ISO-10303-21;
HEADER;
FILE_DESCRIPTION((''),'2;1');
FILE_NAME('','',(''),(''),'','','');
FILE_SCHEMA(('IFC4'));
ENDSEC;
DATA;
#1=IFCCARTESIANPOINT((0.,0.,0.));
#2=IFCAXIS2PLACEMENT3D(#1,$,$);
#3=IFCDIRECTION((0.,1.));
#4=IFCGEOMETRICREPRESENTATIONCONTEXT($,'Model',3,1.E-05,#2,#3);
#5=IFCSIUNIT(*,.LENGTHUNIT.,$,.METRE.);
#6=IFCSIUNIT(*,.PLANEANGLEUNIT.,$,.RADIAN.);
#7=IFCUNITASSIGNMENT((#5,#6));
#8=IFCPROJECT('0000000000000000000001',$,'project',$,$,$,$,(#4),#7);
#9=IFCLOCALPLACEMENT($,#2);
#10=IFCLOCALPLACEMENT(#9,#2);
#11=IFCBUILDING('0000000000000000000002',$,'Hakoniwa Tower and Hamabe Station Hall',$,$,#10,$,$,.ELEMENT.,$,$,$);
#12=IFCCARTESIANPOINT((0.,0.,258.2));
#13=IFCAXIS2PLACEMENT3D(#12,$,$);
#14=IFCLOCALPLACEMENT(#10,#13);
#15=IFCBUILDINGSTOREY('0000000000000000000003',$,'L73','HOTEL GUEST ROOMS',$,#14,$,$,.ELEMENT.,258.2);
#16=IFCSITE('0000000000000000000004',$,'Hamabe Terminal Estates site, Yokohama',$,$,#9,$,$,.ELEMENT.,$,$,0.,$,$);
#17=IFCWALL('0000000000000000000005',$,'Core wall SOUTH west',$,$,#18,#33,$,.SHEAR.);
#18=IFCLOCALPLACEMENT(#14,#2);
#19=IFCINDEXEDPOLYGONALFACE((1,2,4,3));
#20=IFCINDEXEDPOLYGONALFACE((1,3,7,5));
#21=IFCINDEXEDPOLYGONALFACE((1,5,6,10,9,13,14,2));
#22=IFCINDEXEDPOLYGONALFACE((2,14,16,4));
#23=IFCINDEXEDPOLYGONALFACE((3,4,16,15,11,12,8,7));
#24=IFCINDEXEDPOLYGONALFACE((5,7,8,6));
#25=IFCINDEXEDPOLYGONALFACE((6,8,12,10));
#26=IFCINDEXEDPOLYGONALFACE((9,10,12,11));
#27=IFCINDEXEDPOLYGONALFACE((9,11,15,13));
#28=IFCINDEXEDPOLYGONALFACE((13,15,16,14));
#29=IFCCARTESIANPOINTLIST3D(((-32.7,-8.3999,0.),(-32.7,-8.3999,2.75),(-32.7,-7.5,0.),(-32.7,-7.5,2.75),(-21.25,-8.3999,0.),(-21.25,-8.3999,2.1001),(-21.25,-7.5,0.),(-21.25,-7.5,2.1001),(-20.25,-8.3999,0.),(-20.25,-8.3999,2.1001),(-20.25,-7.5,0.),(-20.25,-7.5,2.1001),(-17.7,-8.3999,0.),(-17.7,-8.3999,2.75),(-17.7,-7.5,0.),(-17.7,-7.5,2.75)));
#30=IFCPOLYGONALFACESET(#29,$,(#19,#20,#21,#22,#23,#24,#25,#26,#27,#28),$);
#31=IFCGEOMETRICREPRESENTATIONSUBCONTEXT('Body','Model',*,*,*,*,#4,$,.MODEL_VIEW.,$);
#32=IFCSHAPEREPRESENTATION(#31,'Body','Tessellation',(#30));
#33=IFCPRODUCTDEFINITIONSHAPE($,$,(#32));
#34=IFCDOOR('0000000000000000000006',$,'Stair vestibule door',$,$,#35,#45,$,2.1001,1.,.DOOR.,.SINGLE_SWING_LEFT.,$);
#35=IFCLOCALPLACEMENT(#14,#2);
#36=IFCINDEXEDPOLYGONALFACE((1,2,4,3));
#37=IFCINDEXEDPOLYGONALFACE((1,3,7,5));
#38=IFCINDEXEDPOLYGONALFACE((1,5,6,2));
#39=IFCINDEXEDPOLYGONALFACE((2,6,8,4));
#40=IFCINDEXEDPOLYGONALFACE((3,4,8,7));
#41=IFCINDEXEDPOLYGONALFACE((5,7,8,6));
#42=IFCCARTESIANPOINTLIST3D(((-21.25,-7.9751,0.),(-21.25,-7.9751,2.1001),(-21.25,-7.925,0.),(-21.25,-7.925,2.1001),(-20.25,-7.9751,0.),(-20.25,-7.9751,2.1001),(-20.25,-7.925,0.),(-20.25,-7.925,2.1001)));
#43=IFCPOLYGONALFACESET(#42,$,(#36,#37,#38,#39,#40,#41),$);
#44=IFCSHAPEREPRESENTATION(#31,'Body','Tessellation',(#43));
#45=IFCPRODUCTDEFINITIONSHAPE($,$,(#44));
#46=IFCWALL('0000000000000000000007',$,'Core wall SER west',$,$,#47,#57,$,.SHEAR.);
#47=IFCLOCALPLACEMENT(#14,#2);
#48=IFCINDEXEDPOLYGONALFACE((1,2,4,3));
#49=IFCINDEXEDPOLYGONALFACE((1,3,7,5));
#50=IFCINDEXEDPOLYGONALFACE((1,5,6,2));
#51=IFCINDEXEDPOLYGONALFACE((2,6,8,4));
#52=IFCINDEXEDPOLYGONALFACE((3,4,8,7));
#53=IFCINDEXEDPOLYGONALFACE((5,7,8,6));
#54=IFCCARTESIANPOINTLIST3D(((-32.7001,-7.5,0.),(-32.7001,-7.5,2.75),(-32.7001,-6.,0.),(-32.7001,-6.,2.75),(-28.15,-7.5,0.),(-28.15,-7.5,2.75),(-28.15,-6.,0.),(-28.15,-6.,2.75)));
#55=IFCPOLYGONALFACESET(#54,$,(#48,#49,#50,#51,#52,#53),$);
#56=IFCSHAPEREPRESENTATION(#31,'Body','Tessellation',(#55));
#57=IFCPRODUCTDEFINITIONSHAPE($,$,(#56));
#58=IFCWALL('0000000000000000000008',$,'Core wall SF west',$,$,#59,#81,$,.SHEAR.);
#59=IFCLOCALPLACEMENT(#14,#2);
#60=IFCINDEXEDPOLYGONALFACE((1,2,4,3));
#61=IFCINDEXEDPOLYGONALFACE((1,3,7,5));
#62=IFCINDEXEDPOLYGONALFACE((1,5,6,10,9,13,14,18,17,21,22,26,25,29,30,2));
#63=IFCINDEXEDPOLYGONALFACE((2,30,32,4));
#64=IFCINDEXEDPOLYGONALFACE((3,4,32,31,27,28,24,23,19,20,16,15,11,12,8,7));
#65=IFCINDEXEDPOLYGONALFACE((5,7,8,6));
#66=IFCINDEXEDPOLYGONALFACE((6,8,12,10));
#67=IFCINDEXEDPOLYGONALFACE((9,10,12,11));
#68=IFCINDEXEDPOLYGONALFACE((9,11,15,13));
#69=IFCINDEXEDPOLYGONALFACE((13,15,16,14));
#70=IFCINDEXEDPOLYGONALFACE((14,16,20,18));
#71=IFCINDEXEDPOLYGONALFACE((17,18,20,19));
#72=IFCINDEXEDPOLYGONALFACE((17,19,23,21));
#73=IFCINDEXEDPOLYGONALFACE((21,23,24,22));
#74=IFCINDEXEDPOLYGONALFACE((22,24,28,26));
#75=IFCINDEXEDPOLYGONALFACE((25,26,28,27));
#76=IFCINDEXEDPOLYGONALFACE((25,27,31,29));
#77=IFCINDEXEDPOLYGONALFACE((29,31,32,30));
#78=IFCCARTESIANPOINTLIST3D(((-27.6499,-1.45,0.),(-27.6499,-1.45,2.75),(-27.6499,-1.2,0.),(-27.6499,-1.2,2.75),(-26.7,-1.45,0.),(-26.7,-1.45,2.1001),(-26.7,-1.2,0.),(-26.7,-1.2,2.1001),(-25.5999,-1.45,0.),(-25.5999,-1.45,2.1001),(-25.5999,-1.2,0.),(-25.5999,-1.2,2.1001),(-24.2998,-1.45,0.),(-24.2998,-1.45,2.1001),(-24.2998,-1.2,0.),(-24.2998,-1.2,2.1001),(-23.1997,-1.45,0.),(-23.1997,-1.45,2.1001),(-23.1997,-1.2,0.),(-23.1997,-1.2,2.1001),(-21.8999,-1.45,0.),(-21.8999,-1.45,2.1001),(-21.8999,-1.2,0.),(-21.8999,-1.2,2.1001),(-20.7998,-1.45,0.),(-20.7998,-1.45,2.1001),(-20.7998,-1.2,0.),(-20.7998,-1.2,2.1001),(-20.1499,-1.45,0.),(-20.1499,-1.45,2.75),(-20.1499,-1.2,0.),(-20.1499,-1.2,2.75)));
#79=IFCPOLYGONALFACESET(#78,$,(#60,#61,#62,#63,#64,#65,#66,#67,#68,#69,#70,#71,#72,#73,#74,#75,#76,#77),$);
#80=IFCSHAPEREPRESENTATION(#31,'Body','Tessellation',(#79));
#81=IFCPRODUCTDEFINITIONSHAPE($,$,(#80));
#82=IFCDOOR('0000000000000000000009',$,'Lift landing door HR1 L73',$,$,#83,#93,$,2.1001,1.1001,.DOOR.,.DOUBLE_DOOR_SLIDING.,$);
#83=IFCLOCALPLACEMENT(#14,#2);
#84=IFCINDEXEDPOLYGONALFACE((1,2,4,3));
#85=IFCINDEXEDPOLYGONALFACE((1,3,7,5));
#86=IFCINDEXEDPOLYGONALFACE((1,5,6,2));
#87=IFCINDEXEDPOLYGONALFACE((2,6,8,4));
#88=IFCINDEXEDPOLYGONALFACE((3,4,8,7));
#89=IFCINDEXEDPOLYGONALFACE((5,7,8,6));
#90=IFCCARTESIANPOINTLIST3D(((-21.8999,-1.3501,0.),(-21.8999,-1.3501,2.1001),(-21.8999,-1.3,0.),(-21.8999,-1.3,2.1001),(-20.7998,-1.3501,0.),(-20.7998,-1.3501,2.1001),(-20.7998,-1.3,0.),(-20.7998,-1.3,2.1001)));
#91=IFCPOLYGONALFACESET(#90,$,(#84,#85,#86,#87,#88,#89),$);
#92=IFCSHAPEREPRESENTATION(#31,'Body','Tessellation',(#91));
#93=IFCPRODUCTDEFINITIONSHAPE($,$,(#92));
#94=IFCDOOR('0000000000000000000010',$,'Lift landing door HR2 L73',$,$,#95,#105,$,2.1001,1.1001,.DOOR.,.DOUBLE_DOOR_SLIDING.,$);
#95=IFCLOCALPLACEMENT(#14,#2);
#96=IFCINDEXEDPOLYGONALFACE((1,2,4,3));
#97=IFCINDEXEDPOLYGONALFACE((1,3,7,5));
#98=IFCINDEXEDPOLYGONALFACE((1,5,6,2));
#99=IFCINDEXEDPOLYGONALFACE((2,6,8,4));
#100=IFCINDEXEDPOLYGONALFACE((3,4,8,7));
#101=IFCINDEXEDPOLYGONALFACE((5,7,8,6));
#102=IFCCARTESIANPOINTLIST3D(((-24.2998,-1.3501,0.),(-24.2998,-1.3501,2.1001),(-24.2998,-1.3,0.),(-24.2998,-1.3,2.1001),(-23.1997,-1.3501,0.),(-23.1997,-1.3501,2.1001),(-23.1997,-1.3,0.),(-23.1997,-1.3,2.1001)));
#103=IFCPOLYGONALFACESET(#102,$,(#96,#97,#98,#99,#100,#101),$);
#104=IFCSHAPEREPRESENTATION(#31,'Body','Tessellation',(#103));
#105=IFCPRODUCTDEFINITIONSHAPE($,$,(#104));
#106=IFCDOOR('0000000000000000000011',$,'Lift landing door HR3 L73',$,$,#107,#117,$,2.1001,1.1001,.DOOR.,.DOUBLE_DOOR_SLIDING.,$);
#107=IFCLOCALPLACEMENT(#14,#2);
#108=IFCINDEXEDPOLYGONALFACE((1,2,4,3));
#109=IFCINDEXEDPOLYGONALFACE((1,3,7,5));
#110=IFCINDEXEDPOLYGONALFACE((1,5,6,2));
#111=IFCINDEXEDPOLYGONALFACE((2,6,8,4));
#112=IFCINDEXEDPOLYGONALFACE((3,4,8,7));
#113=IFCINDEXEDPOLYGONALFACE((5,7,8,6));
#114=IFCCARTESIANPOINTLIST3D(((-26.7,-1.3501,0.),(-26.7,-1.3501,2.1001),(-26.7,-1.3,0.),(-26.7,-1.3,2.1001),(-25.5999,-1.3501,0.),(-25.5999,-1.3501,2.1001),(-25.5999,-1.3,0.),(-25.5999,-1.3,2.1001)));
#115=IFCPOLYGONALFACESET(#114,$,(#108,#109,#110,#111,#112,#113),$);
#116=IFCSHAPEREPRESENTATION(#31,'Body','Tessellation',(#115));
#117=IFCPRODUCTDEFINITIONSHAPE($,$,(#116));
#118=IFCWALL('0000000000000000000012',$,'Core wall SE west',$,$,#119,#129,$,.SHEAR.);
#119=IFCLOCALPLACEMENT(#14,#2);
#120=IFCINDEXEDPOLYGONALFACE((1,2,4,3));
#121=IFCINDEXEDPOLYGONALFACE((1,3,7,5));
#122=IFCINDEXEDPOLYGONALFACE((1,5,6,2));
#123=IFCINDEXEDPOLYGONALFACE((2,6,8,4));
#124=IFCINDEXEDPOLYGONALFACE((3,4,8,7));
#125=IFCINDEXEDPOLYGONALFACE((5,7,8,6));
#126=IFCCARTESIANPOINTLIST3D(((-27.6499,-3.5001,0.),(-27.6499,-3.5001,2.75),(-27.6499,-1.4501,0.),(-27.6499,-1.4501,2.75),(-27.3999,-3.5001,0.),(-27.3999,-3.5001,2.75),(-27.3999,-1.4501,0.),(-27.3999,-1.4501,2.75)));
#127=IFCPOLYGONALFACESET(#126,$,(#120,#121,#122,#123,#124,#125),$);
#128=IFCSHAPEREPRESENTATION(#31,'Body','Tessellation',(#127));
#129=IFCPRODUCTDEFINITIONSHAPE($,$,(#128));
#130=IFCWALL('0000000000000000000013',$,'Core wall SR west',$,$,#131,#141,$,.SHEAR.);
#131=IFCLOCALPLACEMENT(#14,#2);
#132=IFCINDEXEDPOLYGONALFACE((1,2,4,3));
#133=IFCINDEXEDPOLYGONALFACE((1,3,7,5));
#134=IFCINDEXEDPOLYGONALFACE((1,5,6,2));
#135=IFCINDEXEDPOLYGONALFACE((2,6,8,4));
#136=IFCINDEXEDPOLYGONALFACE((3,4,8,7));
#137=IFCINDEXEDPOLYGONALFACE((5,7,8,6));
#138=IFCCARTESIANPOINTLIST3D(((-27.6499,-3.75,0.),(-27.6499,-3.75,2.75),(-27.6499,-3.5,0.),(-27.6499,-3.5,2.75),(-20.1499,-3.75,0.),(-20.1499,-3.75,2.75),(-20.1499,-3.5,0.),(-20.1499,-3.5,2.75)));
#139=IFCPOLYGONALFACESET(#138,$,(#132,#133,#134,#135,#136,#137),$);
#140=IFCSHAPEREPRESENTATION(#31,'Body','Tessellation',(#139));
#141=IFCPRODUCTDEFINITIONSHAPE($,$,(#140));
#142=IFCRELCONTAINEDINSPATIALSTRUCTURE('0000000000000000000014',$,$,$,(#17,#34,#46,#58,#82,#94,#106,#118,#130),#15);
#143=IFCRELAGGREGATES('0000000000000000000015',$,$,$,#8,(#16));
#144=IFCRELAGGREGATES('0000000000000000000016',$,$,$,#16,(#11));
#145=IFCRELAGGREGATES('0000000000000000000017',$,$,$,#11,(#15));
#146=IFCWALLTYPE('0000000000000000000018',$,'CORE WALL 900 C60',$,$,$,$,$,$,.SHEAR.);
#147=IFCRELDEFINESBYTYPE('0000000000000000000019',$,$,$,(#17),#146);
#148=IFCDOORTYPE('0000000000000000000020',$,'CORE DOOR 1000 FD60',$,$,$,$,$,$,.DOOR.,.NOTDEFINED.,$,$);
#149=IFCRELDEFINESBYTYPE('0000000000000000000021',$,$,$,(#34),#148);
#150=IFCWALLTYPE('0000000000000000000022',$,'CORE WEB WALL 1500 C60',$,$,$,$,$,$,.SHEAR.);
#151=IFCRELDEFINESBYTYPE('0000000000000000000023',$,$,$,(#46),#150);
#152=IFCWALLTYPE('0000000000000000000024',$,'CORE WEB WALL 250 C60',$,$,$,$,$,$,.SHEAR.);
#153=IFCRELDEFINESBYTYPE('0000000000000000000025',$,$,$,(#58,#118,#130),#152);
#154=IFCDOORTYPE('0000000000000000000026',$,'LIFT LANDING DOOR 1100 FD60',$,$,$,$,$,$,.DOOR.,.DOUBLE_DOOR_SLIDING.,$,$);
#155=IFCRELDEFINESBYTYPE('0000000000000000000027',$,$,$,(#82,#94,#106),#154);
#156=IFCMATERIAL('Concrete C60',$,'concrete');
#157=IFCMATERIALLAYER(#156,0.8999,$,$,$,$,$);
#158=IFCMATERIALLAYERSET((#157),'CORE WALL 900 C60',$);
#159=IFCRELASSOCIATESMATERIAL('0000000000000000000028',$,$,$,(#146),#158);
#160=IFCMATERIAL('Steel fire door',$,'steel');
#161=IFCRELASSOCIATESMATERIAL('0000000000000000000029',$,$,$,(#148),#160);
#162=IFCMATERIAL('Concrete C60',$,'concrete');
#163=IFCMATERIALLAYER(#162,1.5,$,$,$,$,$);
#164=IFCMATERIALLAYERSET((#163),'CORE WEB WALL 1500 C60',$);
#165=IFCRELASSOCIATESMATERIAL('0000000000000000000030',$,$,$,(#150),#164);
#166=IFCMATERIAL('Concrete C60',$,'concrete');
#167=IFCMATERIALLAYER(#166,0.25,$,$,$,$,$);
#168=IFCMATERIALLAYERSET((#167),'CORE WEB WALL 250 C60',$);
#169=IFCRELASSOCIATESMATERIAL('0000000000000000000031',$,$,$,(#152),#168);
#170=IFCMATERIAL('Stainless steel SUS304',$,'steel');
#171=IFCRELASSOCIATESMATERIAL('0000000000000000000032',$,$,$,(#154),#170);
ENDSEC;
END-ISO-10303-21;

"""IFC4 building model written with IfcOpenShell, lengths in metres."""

from ifc_helpers import new_model, si_unit, direction, frame, frame_2d, origin, place, context, subcontext, project, spatial, rectangle, extrude, material, layer, layer_set, type_object, element, fill, save


model = new_model("IFC4")

# Units and contexts
model_context = context("Model", 3, precision=1e-05, world=origin(), true_north=direction((0.0, 1.0)))
body_context = subcontext(model_context, "Body", "Model", "MODEL_VIEW")
ifc_project = project(units=[si_unit("LENGTHUNIT", "METRE"), si_unit("PLANEANGLEUNIT", "RADIAN")], contexts=[model_context])

# Site, building, storey
site_placement = place(None, origin())
site = spatial("IfcSite", under=ifc_project, at=site_placement, Name="Hamabe Terminal Estates site, Yokohama", CompositionType="ELEMENT", RefElevation=0.0)
building_placement = place(site_placement, origin())
building = spatial("IfcBuilding", under=site, at=building_placement, Name="Hakoniwa Tower and Hamabe Station Hall", CompositionType="ELEMENT")
storey_placement = place(building_placement, frame((0.0, 0.0, 258.2)))
storey = spatial("IfcBuildingStorey", under=building, at=storey_placement, Name="L73", Description="HOTEL GUEST ROOMS", CompositionType="ELEMENT", Elevation=258.2)

# Wall, opening, door
ifc_material_1 = material(Name="Concrete C60", Category="concrete")
ifc_layer_1 = layer(ifc_material_1, 0.8999)
ifc_layer_set_1 = layer_set([ifc_layer_1], Name="CORE WALL 900 C60")
wall_type_1 = type_object("IfcWallType", Name="CORE WALL 900 C60", PredefinedType="SHEAR", material=ifc_layer_set_1)
wall_1_placement = place(storey_placement, frame((-32.7, -7.95, 0.0), z_axis=(0.0, 0.0, 1.0), x_axis=(1.0, 0.0, 0.0)))
wall_1 = element("IfcWall", 1, at=wall_1_placement, inside=storey, type_object=wall_type_1, Name="Core wall SOUTH west", PredefinedType="SHEAR", context=body_context, shape_type="SweptSolid", body=[
    extrude(rectangle(XDim=15.0, YDim=0.8999, at=frame_2d((7.5, 0.0))), origin(), (0.0, 0.0, 1.0), 2.75),
])
opening_1_placement = place(wall_1_placement, frame((11.45, 0.0, 0.0)))
opening_1 = element("IfcOpeningElement", 2, at=opening_1_placement, cuts=wall_1, PredefinedType="OPENING", context=body_context, shape_type="SweptSolid", body=[
    extrude(rectangle(XDim=1.0, YDim=2.1001, at=frame_2d((0.5, 1.05))), frame((0.0, 0.46, 0.0), z_axis=(0.0, -1.0, 0.0), x_axis=(1.0, 0.0, 0.0)), (0.0, 0.0, 1.0), 0.9199),
])
ifc_material_2 = material(Name="Steel fire door", Category="steel")
door_type_1 = type_object("IfcDoorType", Name="CORE DOOR 1000 FD60", OperationType="NOTDEFINED", PredefinedType="DOOR", material=ifc_material_2)
door_1_placement = place(opening_1_placement, origin())
door_1 = element("IfcDoor", 3, at=door_1_placement, inside=storey, type_object=door_type_1, Name="Stair vestibule door", OperationType="SINGLE_SWING_LEFT", OverallHeight=2.1001, OverallWidth=1.0, PredefinedType="DOOR", context=body_context, shape_type="SweptSolid", body=[
    extrude(rectangle(XDim=1.0, YDim=2.1001, at=frame_2d((0.5, 1.05))), frame((0.0, 0.0249, 0.0), z_axis=(0.0, -1.0, 0.0), x_axis=(1.0, 0.0, 0.0)), (0.0, 0.0, 1.0), 0.05),
])
fill(opening_1, door_1)

# Wall
ifc_material_3 = material(Name="Concrete C60", Category="concrete")
ifc_layer_2 = layer(ifc_material_3, 1.5)
ifc_layer_set_2 = layer_set([ifc_layer_2], Name="CORE WEB WALL 1500 C60")
wall_type_2 = type_object("IfcWallType", Name="CORE WEB WALL 1500 C60", PredefinedType="SHEAR", material=ifc_layer_set_2)
wall_2_placement = place(storey_placement, frame((-32.7, -6.75, 0.0), z_axis=(0.0, 0.0, 1.0), x_axis=(1.0, 0.0, 0.0)))
element("IfcWall", 4, at=wall_2_placement, inside=storey, type_object=wall_type_2, Name="Core wall SER west", PredefinedType="SHEAR", context=body_context, shape_type="SweptSolid", body=[
    extrude(rectangle(XDim=4.55, YDim=1.5, at=frame_2d((2.2749, 0.0))), origin(), (0.0, 0.0, 1.0), 2.75),
])

# Wall, openings, doors
ifc_material_4 = material(Name="Concrete C60", Category="concrete")
ifc_layer_3 = layer(ifc_material_4, 0.25)
ifc_layer_set_3 = layer_set([ifc_layer_3], Name="CORE WEB WALL 250 C60")
wall_type_3 = type_object("IfcWallType", Name="CORE WEB WALL 250 C60", PredefinedType="SHEAR", material=ifc_layer_set_3)
wall_3_placement = place(storey_placement, frame((-27.6499, -1.325, 0.0), z_axis=(0.0, 0.0, 1.0), x_axis=(1.0, 0.0, 0.0)))
wall_3 = element("IfcWall", 5, at=wall_3_placement, inside=storey, type_object=wall_type_3, Name="Core wall SF west", PredefinedType="SHEAR", context=body_context, shape_type="SweptSolid", body=[
    extrude(rectangle(XDim=7.5, YDim=0.25, at=frame_2d((3.75, 0.0))), origin(), (0.0, 0.0, 1.0), 2.75),
])
opening_2_placement = place(wall_3_placement, frame((5.75, 0.0, 0.0)))
opening_2 = element("IfcOpeningElement", 6, at=opening_2_placement, cuts=wall_3, PredefinedType="OPENING", context=body_context, shape_type="SweptSolid", body=[
    extrude(rectangle(XDim=1.1001, YDim=2.1001, at=frame_2d((0.55, 1.05))), frame((0.0, 0.135, 0.0), z_axis=(0.0, -1.0, 0.0), x_axis=(1.0, 0.0, 0.0)), (0.0, 0.0, 1.0), 0.27),
])
opening_3_placement = place(wall_3_placement, frame((3.3501, 0.0, 0.0)))
opening_3 = element("IfcOpeningElement", 7, at=opening_3_placement, cuts=wall_3, PredefinedType="OPENING", context=body_context, shape_type="SweptSolid", body=[
    extrude(rectangle(XDim=1.1001, YDim=2.1001, at=frame_2d((0.55, 1.05))), frame((0.0, 0.135, 0.0), z_axis=(0.0, -1.0, 0.0), x_axis=(1.0, 0.0, 0.0)), (0.0, 0.0, 1.0), 0.27),
])
opening_4_placement = place(wall_3_placement, frame((0.95, 0.0, 0.0)))
opening_4 = element("IfcOpeningElement", 8, at=opening_4_placement, cuts=wall_3, PredefinedType="OPENING", context=body_context, shape_type="SweptSolid", body=[
    extrude(rectangle(XDim=1.1001, YDim=2.1001, at=frame_2d((0.55, 1.05))), frame((0.0, 0.135, 0.0), z_axis=(0.0, -1.0, 0.0), x_axis=(1.0, 0.0, 0.0)), (0.0, 0.0, 1.0), 0.27),
])
ifc_material_5 = material(Name="Stainless steel SUS304", Category="steel")
door_type_2 = type_object("IfcDoorType", Name="LIFT LANDING DOOR 1100 FD60", OperationType="DOUBLE_DOOR_SLIDING", PredefinedType="DOOR", material=ifc_material_5)
door_2_placement = place(opening_2_placement, origin())
door_2 = element("IfcDoor", 9, at=door_2_placement, inside=storey, type_object=door_type_2, Name="Lift landing door HR1 L73", OperationType="DOUBLE_DOOR_SLIDING", OverallHeight=2.1001, OverallWidth=1.1001, PredefinedType="DOOR", context=body_context, shape_type="SweptSolid", body=[
    extrude(rectangle(XDim=1.1001, YDim=2.1001, at=frame_2d((0.55, 1.05))), frame((0.0, 0.0249, 0.0), z_axis=(0.0, -1.0, 0.0), x_axis=(1.0, 0.0, 0.0)), (0.0, 0.0, 1.0), 0.05),
])
fill(opening_2, door_2)
door_3_placement = place(opening_3_placement, origin())
door_3 = element("IfcDoor", 10, at=door_3_placement, inside=storey, type_object=door_type_2, Name="Lift landing door HR2 L73", OperationType="DOUBLE_DOOR_SLIDING", OverallHeight=2.1001, OverallWidth=1.1001, PredefinedType="DOOR", context=body_context, shape_type="SweptSolid", body=[
    extrude(rectangle(XDim=1.1001, YDim=2.1001, at=frame_2d((0.55, 1.05))), frame((0.0, 0.0249, 0.0), z_axis=(0.0, -1.0, 0.0), x_axis=(1.0, 0.0, 0.0)), (0.0, 0.0, 1.0), 0.05),
])
fill(opening_3, door_3)
door_4_placement = place(opening_4_placement, origin())
door_4 = element("IfcDoor", 11, at=door_4_placement, inside=storey, type_object=door_type_2, Name="Lift landing door HR3 L73", OperationType="DOUBLE_DOOR_SLIDING", OverallHeight=2.1001, OverallWidth=1.1001, PredefinedType="DOOR", context=body_context, shape_type="SweptSolid", body=[
    extrude(rectangle(XDim=1.1001, YDim=2.1001, at=frame_2d((0.55, 1.05))), frame((0.0, 0.0249, 0.0), z_axis=(0.0, -1.0, 0.0), x_axis=(1.0, 0.0, 0.0)), (0.0, 0.0, 1.0), 0.05),
])
fill(opening_4, door_4)

# Walls
wall_4_placement = place(storey_placement, frame((-27.5249, -3.5, 0.0), z_axis=(0.0, 0.0, 1.0), x_axis=(0.0, 1.0, 0.0)))
element("IfcWall", 12, at=wall_4_placement, inside=storey, type_object=wall_type_3, Name="Core wall SE west", PredefinedType="SHEAR", context=body_context, shape_type="SweptSolid", body=[
    extrude(rectangle(XDim=2.05, YDim=0.25, at=frame_2d((1.0249, 0.0))), origin(), (0.0, 0.0, 1.0), 2.75),
])
wall_5_placement = place(storey_placement, frame((-27.6499, -3.625, 0.0), z_axis=(0.0, 0.0, 1.0), x_axis=(1.0, 0.0, 0.0)))
element("IfcWall", 13, at=wall_5_placement, inside=storey, type_object=wall_type_3, Name="Core wall SR west", PredefinedType="SHEAR", context=body_context, shape_type="SweptSolid", body=[
    extrude(rectangle(XDim=7.5, YDim=0.25, at=frame_2d((3.75, 0.0))), origin(), (0.0, 0.0, 1.0), 2.75),
])

save(model, "model.ifc")
